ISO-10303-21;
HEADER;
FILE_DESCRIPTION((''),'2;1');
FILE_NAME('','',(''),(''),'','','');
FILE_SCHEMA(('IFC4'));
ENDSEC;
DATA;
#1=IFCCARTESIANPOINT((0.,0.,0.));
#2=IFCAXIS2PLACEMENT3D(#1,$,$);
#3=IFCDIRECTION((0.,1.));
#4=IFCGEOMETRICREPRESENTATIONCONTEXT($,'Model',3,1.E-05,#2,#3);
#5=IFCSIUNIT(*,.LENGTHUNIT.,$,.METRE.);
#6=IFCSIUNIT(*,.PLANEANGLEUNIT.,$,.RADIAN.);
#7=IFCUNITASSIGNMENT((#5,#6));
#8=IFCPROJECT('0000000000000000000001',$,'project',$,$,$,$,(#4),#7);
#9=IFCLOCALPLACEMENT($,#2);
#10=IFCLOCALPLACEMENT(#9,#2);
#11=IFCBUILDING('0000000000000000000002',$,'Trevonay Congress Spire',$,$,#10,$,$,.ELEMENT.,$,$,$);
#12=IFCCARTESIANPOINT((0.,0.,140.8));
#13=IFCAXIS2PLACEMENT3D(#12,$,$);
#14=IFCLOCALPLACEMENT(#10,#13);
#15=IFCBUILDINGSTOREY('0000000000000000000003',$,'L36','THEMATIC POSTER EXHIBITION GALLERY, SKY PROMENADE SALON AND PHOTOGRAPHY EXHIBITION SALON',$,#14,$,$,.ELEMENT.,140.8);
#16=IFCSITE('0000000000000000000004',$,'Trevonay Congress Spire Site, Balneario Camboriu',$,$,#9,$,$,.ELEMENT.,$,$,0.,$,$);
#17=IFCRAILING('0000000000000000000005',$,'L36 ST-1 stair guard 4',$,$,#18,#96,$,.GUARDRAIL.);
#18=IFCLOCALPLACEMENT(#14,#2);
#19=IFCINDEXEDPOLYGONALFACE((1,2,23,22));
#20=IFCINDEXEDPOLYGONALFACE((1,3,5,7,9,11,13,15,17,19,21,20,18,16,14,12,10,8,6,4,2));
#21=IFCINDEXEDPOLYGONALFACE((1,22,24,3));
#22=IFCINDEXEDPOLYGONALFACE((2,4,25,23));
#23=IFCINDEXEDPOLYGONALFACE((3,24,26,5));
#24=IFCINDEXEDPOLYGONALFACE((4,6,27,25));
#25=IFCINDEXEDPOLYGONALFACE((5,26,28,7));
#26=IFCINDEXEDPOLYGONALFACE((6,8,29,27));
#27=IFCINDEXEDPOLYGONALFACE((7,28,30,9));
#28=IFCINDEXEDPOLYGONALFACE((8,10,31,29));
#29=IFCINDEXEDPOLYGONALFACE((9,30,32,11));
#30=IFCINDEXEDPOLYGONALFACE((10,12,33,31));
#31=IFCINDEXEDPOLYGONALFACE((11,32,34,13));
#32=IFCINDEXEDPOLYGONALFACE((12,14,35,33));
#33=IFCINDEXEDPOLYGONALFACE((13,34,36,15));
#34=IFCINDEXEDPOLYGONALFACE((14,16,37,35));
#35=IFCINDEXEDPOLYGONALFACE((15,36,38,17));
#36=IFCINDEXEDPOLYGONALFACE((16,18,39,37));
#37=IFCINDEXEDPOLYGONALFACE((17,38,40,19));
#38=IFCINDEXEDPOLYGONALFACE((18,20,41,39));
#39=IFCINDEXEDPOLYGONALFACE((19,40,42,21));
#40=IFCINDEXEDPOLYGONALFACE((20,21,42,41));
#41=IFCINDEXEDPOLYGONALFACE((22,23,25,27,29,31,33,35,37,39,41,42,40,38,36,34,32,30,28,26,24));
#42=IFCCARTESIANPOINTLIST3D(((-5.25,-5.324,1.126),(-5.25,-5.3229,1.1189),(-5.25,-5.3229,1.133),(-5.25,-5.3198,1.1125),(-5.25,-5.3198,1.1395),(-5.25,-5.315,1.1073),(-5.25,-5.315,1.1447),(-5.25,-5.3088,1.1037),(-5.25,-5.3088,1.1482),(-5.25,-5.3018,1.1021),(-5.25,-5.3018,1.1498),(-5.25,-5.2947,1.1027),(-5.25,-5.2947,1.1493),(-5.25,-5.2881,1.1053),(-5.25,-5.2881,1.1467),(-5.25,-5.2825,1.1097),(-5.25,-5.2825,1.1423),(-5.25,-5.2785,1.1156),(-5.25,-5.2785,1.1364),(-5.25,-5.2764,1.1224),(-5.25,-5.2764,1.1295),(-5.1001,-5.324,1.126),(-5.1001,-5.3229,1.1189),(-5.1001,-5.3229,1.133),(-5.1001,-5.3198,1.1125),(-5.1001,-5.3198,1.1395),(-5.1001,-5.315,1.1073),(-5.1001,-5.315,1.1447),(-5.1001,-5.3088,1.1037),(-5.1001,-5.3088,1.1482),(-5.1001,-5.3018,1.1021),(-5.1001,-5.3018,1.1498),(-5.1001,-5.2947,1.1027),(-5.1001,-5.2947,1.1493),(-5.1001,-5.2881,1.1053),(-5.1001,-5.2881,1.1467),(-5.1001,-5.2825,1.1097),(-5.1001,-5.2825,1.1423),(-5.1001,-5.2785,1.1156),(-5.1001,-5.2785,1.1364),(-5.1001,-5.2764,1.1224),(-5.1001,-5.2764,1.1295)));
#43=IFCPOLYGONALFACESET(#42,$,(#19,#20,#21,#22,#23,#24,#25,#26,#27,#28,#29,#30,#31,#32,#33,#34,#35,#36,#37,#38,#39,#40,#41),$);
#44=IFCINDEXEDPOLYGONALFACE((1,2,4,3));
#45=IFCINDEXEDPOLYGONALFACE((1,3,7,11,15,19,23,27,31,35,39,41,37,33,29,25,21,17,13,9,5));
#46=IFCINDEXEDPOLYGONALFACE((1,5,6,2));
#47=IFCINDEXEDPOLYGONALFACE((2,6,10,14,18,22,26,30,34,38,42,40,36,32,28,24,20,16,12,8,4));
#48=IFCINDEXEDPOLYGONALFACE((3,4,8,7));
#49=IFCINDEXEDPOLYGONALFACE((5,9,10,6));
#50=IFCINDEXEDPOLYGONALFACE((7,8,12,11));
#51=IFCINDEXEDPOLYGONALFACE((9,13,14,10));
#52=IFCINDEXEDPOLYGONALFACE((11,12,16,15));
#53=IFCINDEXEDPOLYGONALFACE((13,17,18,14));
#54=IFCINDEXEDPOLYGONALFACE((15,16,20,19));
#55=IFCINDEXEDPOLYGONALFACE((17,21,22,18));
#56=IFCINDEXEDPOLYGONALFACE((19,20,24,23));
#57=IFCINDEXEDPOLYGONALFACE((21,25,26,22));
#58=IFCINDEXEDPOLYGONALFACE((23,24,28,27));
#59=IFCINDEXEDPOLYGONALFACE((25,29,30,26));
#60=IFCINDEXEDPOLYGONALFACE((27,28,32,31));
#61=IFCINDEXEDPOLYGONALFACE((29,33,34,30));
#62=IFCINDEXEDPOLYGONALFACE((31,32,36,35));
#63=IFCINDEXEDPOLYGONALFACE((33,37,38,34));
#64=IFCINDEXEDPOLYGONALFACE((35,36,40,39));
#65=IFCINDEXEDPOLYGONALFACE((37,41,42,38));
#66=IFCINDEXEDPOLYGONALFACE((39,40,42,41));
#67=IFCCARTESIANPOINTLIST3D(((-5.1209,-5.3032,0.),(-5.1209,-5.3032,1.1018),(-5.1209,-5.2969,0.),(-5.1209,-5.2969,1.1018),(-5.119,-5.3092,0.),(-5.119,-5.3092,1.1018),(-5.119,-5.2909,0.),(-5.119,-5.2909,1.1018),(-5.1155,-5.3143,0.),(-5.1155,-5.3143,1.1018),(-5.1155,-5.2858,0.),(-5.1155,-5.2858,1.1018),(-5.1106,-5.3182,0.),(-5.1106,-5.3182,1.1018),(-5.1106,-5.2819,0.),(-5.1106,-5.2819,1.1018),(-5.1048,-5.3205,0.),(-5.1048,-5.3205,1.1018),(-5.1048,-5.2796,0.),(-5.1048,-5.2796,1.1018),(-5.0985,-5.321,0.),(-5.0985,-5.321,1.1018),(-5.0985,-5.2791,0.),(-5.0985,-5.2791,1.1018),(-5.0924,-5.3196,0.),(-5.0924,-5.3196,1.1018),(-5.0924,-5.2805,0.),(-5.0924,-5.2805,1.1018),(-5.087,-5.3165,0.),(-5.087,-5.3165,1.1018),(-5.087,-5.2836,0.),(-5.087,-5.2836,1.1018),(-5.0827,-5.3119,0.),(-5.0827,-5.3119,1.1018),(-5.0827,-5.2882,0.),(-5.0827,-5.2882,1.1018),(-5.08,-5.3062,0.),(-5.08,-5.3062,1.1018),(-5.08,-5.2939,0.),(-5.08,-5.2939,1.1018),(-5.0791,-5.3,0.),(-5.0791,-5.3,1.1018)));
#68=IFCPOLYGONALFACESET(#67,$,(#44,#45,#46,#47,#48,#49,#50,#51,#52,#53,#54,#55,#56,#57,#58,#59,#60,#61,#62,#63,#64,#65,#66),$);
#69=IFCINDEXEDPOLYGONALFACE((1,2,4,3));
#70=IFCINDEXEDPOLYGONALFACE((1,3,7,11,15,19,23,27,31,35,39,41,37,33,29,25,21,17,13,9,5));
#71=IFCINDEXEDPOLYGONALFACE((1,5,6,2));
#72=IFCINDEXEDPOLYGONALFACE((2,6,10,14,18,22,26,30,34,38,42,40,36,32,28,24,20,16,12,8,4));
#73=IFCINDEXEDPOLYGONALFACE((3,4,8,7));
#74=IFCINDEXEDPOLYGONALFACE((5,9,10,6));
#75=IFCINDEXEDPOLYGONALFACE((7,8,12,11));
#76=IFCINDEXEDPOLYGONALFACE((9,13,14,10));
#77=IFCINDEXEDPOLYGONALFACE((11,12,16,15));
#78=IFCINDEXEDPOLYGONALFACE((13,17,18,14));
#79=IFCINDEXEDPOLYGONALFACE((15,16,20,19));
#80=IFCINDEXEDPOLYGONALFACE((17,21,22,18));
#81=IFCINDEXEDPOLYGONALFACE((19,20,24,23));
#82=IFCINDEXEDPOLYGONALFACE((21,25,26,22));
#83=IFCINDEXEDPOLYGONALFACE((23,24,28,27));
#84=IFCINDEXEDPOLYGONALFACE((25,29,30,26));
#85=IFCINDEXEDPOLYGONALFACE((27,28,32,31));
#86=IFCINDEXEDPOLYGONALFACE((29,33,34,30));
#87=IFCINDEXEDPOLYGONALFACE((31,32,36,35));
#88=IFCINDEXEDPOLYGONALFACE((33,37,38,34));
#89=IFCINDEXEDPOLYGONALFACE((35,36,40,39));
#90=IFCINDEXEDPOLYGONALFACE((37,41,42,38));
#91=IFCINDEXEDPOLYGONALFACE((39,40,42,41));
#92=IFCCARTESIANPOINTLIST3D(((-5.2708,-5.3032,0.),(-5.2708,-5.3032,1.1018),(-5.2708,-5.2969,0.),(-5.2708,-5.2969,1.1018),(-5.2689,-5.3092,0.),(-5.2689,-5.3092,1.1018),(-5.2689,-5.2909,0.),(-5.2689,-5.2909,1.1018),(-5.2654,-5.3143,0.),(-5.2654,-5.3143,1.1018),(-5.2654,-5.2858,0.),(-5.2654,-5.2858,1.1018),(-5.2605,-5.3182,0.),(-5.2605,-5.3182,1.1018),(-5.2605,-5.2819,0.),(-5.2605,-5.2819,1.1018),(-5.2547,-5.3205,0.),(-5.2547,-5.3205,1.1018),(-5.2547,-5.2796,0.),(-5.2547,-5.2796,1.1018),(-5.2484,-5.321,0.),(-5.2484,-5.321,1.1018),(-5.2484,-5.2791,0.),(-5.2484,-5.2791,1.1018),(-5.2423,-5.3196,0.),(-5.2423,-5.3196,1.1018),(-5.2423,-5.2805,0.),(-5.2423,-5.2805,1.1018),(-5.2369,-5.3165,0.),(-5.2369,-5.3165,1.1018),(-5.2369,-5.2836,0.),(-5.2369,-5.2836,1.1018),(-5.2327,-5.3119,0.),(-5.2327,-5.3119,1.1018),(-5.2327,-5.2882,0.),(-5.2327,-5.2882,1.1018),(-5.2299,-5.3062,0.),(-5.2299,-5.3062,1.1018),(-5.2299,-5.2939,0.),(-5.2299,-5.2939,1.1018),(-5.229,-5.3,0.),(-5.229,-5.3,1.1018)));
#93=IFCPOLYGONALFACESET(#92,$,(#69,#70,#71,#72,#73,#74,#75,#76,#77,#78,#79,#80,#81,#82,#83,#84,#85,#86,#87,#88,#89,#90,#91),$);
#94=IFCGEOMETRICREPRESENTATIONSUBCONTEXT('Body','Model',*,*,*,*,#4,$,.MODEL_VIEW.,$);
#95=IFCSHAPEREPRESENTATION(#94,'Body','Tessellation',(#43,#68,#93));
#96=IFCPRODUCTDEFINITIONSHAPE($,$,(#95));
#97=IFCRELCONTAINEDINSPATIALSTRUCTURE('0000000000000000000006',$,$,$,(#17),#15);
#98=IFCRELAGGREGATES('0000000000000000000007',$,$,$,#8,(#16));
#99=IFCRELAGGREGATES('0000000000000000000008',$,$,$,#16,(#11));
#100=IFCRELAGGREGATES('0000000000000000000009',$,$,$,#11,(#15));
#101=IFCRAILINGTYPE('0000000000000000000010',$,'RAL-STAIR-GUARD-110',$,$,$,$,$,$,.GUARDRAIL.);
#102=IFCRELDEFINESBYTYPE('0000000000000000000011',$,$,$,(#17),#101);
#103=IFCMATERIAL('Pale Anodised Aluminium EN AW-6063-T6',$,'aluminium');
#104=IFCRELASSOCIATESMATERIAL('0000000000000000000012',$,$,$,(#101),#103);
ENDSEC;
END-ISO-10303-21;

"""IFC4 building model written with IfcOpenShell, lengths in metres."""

from ifc_helpers import new_model, si_unit, direction, frame, origin, origin_2d, place, context, subcontext, project, spatial, circle, extrude, material, type_object, element, save


model = new_model("IFC4")

# Units and contexts
model_context = context("Model", 3, precision=1e-05, world=origin(), true_north=direction((0.0, 1.0)))
body_context = subcontext(model_context, "Body", "Model", "MODEL_VIEW")
ifc_project = project(units=[si_unit("LENGTHUNIT", "METRE"), si_unit("PLANEANGLEUNIT", "RADIAN")], contexts=[model_context])

# Site, building, storey
site_placement = place(None, origin())
site = spatial("IfcSite", under=ifc_project, at=site_placement, Name="Trevonay Congress Spire Site, Balneario Camboriu", CompositionType="ELEMENT", RefElevation=0.0)
building_placement = place(site_placement, origin())
building = spatial("IfcBuilding", under=site, at=building_placement, Name="Trevonay Congress Spire", CompositionType="ELEMENT")
storey_placement = place(building_placement, frame((0.0, 0.0, 140.8)))
storey = spatial("IfcBuildingStorey", under=building, at=storey_placement, Name="L36", Description="THEMATIC POSTER EXHIBITION GALLERY, SKY PROMENADE SALON AND PHOTOGRAPHY EXHIBITION SALON", CompositionType="ELEMENT", Elevation=140.8)

# Shared definitions
ifc_material_1 = material(Name="Pale Anodised Aluminium EN AW-6063-T6", Category="aluminium")

# Railing
railing_type_1 = type_object("IfcRailingType", Name="RAL-STAIR-GUARD-110", PredefinedType="GUARDRAIL", material=ifc_material_1)
railing_1_placement = place(storey_placement, frame((-5.1001, -5.3, 0.0)))
element("IfcRailing", 1, at=railing_1_placement, inside=storey, type_object=railing_type_1, Name="L36 ST-1 stair guard 4", PredefinedType="GUARDRAIL", context=body_context, shape_type="SweptSolid", body=[
    extrude(circle(Radius=0.0239, at=origin_2d()), frame((0.0, 0.0, 1.126), z_axis=(-1.0, 0.0, 0.0), x_axis=(0.0, -1.0, 0.0)), (0.0, 0.0, 1.0), 0.1499),
    extrude(circle(Radius=0.021, at=origin_2d()), origin(), (0.0, 0.0, 1.0), 1.1018),
    extrude(circle(Radius=0.021, at=origin_2d()), frame((-0.1499, 0.0, 0.0)), (0.0, 0.0, 1.0), 1.1018),
])

save(model, "model.ifc")
